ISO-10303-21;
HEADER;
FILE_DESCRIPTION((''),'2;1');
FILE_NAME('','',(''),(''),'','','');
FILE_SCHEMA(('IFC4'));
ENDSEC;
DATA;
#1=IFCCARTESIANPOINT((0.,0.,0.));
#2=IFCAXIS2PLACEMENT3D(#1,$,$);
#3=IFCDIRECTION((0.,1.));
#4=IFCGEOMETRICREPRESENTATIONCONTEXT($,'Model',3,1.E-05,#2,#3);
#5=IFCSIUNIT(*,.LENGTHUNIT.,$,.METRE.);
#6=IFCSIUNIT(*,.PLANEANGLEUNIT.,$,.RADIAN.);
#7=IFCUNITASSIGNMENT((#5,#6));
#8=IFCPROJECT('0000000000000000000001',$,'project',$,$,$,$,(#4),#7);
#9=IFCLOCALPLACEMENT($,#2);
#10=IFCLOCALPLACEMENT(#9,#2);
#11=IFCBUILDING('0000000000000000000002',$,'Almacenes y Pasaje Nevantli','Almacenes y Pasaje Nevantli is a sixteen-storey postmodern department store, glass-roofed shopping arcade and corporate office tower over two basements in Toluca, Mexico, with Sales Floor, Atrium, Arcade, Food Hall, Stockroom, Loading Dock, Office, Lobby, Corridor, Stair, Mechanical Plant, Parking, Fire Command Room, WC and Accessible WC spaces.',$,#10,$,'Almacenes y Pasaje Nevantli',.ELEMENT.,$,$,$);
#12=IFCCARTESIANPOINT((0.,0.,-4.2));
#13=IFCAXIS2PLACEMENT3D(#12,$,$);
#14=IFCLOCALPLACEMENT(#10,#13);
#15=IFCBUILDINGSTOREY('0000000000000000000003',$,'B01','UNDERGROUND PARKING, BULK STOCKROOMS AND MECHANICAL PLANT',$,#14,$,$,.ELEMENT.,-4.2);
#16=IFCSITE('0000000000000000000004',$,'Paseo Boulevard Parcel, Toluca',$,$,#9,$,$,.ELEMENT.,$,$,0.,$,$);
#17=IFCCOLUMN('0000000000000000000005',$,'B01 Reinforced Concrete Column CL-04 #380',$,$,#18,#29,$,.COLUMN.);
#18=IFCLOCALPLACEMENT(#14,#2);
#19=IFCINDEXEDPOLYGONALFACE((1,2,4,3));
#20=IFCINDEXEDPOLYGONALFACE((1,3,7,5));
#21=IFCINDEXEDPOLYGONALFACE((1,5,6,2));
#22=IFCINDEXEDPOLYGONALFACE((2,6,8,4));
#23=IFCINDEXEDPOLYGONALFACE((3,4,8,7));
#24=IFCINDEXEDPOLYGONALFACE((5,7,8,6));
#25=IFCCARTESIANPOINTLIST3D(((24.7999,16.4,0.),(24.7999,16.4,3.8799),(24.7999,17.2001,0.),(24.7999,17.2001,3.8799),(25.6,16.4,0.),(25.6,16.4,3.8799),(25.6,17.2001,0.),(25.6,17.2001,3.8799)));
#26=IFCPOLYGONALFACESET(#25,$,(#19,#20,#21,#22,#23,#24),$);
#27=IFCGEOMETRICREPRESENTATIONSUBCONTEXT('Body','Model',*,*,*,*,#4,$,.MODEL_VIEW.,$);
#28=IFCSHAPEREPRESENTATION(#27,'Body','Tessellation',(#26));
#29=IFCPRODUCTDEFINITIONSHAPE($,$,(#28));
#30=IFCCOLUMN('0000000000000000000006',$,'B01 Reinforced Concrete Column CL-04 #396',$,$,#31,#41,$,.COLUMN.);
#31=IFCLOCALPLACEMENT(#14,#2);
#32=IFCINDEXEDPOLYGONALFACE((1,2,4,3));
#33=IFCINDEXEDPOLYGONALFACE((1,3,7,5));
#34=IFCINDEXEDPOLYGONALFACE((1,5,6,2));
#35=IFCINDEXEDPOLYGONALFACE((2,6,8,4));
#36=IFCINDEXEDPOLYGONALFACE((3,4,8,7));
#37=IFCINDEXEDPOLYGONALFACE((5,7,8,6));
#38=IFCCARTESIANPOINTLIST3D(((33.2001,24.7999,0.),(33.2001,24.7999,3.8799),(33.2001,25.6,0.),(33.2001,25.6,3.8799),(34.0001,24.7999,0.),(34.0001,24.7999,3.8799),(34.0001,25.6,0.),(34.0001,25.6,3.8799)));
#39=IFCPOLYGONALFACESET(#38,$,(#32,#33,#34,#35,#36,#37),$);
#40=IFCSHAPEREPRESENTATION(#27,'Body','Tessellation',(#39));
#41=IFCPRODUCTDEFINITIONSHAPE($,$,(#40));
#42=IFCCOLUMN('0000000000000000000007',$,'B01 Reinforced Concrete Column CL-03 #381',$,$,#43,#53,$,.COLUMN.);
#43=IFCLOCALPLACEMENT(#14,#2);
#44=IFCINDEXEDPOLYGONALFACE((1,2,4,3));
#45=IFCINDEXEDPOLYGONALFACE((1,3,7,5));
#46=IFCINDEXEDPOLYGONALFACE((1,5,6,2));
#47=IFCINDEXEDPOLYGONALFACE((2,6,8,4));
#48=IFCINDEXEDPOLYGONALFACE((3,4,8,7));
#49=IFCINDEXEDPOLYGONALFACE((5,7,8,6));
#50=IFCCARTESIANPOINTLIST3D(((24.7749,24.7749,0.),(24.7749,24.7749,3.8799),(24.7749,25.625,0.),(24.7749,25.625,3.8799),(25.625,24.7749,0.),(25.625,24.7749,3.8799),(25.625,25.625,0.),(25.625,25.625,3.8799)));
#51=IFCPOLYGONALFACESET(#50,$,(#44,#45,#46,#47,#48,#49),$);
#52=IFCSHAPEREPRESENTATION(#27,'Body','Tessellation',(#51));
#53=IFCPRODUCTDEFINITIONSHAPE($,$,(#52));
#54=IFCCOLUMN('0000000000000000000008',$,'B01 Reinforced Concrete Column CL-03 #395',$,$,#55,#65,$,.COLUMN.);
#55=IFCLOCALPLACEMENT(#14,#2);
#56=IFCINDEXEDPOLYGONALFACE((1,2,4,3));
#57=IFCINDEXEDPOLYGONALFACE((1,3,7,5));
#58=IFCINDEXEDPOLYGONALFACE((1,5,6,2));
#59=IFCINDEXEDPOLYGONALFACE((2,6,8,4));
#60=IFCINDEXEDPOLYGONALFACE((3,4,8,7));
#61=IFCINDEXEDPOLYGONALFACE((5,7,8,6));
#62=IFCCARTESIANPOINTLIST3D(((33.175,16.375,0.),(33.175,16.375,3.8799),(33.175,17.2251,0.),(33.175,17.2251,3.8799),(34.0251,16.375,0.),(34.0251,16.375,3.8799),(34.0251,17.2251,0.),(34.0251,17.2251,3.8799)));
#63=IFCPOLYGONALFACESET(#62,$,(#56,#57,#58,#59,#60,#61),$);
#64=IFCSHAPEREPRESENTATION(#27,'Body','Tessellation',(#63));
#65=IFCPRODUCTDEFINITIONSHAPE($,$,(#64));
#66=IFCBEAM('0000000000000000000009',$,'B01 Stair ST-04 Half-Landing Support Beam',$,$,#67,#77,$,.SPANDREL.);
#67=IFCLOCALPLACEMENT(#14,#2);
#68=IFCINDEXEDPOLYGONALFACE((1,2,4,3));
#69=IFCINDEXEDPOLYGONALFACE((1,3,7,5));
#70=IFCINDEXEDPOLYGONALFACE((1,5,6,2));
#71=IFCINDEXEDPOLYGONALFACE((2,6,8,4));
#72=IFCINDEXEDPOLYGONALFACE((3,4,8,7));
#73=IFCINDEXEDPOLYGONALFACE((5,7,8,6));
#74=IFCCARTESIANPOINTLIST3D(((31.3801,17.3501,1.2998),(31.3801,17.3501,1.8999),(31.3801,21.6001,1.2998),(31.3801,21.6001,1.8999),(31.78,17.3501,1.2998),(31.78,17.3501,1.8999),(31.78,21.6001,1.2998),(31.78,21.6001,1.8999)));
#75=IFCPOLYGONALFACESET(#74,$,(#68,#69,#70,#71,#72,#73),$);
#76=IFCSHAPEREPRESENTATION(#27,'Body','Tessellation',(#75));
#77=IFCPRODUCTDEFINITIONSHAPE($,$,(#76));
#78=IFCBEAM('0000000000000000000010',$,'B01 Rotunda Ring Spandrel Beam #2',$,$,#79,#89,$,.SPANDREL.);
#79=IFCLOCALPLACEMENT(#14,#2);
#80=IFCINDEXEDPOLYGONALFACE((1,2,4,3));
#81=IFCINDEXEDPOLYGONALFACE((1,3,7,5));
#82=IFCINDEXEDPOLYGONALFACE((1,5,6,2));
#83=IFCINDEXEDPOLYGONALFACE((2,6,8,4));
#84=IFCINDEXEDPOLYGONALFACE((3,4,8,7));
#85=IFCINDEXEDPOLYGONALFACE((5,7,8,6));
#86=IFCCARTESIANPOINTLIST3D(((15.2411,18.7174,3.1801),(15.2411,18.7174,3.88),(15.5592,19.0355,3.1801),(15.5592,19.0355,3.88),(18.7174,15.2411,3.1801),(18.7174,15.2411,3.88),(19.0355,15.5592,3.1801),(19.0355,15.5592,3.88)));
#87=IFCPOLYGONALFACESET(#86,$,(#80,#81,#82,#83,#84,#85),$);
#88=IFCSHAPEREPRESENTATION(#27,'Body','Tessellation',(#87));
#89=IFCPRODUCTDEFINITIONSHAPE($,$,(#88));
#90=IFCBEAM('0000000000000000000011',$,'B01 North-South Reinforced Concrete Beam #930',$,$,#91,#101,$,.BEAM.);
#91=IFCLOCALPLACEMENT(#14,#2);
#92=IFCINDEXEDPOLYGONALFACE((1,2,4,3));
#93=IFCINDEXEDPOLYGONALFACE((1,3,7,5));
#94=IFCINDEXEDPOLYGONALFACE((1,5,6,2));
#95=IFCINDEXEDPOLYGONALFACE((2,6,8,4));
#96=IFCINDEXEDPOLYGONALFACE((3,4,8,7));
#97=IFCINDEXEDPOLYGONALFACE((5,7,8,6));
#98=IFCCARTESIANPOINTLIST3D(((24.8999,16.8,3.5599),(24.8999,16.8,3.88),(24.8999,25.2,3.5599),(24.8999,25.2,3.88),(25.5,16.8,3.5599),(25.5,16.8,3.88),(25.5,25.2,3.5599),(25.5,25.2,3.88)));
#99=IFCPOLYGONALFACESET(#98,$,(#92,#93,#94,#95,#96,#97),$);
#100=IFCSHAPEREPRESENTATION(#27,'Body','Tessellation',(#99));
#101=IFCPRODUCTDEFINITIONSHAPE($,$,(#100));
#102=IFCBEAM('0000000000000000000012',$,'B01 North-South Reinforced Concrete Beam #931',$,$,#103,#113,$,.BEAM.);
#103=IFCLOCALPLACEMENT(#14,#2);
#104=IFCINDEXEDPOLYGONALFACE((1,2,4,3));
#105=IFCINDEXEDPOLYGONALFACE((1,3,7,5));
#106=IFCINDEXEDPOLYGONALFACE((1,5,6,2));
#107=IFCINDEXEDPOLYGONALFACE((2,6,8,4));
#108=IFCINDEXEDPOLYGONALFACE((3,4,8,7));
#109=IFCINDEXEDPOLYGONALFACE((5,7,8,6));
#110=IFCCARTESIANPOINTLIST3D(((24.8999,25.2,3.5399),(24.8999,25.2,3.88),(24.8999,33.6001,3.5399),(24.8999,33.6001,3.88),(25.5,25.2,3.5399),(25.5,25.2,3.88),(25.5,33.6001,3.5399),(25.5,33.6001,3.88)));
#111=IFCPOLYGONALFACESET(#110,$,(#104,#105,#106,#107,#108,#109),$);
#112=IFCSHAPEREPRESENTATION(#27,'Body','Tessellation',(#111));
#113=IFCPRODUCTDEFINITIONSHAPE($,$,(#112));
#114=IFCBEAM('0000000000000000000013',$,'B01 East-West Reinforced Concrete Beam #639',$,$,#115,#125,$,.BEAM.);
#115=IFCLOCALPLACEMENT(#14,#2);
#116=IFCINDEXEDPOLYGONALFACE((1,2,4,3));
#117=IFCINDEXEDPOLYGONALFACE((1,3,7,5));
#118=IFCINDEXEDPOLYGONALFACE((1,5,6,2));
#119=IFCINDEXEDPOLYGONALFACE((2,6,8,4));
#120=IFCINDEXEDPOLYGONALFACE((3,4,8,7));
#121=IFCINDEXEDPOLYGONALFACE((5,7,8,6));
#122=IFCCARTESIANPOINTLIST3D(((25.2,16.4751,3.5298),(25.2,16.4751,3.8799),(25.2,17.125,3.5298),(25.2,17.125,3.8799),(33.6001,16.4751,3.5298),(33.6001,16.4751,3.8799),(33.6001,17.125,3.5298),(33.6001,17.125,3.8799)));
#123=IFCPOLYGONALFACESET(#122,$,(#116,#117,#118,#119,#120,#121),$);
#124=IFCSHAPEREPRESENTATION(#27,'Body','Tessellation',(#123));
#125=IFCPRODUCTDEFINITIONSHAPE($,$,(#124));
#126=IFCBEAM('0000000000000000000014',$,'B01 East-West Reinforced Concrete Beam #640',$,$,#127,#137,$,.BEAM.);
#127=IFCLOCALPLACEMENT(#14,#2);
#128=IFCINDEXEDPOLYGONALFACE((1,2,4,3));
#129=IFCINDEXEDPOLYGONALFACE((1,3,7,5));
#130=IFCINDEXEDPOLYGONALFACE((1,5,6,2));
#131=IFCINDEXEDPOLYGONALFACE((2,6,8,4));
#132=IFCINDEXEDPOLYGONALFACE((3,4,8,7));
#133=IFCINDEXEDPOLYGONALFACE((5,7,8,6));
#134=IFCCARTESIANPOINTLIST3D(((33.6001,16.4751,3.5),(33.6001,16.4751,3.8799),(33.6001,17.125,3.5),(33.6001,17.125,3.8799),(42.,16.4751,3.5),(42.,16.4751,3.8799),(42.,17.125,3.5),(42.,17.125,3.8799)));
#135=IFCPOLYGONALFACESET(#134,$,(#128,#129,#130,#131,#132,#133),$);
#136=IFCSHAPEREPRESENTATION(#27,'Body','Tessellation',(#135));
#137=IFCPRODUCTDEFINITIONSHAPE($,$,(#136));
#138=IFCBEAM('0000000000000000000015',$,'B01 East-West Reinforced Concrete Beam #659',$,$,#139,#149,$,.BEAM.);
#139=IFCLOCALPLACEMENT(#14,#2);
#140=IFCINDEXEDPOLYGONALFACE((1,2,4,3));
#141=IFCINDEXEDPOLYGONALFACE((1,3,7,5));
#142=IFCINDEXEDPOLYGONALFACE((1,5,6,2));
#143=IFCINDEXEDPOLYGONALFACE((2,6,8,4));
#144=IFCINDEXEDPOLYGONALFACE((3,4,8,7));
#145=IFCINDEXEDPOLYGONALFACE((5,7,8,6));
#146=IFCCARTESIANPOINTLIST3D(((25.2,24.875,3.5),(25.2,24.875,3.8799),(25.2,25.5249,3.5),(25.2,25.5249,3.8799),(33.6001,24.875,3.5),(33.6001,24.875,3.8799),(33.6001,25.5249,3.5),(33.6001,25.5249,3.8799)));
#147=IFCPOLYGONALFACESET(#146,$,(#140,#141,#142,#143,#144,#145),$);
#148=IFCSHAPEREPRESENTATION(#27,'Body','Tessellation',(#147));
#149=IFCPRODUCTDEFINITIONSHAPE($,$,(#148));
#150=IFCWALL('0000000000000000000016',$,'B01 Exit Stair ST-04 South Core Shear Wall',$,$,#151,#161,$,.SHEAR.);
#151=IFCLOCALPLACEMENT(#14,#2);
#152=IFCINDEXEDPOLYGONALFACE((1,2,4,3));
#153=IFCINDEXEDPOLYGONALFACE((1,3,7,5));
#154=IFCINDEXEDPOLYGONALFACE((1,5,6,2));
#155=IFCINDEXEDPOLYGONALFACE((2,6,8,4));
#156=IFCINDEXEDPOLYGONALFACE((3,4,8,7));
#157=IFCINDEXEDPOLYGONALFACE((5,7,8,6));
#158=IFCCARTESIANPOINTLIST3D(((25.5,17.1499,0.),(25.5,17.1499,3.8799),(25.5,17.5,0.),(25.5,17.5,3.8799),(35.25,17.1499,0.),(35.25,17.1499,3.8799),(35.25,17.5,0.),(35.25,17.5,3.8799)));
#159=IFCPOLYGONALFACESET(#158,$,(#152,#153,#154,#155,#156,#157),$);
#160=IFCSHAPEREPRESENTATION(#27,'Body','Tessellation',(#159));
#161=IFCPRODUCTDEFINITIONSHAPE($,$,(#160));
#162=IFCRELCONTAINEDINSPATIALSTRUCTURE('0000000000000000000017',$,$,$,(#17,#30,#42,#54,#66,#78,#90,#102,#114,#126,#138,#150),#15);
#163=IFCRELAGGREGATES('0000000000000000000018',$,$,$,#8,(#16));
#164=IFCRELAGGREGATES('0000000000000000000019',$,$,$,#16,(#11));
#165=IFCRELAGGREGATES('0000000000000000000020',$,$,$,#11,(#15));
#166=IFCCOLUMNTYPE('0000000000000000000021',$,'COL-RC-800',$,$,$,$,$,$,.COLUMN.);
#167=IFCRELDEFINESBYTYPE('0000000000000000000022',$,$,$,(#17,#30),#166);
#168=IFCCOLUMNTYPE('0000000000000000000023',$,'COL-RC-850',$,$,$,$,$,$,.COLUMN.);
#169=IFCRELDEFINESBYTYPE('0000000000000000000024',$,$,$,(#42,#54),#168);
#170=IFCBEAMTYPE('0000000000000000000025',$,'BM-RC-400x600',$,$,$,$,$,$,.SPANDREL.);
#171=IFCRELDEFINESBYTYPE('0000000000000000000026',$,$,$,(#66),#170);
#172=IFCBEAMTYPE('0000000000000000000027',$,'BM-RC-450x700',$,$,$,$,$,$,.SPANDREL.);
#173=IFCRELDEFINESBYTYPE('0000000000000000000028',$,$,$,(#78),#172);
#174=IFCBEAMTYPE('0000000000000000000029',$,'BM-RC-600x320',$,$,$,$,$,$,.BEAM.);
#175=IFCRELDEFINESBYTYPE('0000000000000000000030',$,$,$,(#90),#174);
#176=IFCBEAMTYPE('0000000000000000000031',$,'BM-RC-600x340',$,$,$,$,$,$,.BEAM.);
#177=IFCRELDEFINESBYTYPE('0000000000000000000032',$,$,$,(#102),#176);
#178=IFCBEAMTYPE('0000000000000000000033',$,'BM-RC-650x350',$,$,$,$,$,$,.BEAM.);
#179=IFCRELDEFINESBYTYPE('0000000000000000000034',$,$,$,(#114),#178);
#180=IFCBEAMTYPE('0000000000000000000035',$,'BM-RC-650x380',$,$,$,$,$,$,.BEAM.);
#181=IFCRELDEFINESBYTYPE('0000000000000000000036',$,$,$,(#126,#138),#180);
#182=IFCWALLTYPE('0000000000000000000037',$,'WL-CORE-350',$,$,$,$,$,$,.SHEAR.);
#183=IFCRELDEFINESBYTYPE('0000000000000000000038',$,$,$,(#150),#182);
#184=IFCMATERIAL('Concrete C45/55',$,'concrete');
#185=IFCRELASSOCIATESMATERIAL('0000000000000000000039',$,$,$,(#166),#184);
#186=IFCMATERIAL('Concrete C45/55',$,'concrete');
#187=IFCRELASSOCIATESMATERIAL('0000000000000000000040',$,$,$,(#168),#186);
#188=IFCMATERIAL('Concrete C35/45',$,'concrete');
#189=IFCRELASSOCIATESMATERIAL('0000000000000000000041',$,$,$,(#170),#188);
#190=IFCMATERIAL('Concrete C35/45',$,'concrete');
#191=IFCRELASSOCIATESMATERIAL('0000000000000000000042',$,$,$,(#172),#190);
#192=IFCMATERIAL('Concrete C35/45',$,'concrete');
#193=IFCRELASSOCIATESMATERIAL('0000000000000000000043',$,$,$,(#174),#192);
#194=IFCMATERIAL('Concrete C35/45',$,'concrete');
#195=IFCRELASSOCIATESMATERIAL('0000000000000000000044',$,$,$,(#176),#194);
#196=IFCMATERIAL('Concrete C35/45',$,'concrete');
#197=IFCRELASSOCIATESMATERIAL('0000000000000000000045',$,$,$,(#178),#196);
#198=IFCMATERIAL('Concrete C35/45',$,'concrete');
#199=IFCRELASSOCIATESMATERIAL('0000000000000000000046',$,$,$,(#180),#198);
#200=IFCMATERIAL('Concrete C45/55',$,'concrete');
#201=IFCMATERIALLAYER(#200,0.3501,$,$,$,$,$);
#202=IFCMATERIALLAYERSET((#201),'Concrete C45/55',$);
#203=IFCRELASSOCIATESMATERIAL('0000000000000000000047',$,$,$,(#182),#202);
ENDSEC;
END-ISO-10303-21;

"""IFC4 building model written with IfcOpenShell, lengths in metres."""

from ifc_helpers import new_model, si_unit, direction, frame, frame_2d, origin, origin_2d, place, context, subcontext, project, spatial, rectangle, extrude, material, layer, layer_set, material_profile, profile_set, type_object, element, save


model = new_model("IFC4")

# Units and contexts
model_context = context("Model", 3, precision=1e-05, world=origin(), true_north=direction((0.0, 1.0)))
body_context = subcontext(model_context, "Body", "Model", "MODEL_VIEW")
ifc_project = project(units=[si_unit("LENGTHUNIT", "METRE"), si_unit("PLANEANGLEUNIT", "RADIAN")], contexts=[model_context])

# Site, building, storey
site_placement = place(None, origin())
site = spatial("IfcSite", under=ifc_project, at=site_placement, Name="Paseo Boulevard Parcel, Toluca", CompositionType="ELEMENT", RefElevation=0.0)
building_placement = place(site_placement, origin())
building = spatial("IfcBuilding", under=site, at=building_placement, Name="Almacenes y Pasaje Nevantli", Description="Almacenes y Pasaje Nevantli is a sixteen-storey postmodern department store, glass-roofed shopping arcade and corporate office tower over two basements in Toluca, Mexico, with Sales Floor, Atrium, Arcade, Food Hall, Stockroom, Loading Dock, Office, Lobby, Corridor, Stair, Mechanical Plant, Parking, Fire Command Room, WC and Accessible WC spaces.", LongName="Almacenes y Pasaje Nevantli", CompositionType="ELEMENT")
storey_placement = place(building_placement, frame((0.0, 0.0, -4.2)))
storey = spatial("IfcBuildingStorey", under=building, at=storey_placement, Name="B01", Description="UNDERGROUND PARKING, BULK STOCKROOMS AND MECHANICAL PLANT", CompositionType="ELEMENT", Elevation=-4.2)

# Columns
ifc_material_1 = material(Name="Concrete C45/55", Category="concrete")
ifc_material_profile_1 = material_profile(ifc_material_1, rectangle(XDim=0.8, YDim=0.8, at=origin_2d()), Name="RC-COL-800x800")
ifc_profile_set_1 = profile_set([ifc_material_profile_1], Name="Concrete C45/55")
column_type_1 = type_object("IfcColumnType", Name="COL-RC-800", PredefinedType="COLUMN", material=ifc_profile_set_1)
for number, where, z_axis, x_axis, name in (
    (1, (25.2, 16.8, 0.0), (0.0, 0.0, 1.0), (1.0, 0.0, 0.0), "B01 Reinforced Concrete Column CL-04 #380"),
    (2, (33.6001, 25.2, 0.0), (0.0, 0.0, 1.0), (1.0, 0.0, 0.0), "B01 Reinforced Concrete Column CL-04 #396"),
):
    element("IfcColumn", number, at=place(storey_placement, frame(where, z_axis=z_axis, x_axis=x_axis)), inside=storey, type_object=column_type_1, Name=name, PredefinedType="COLUMN", context=body_context, shape_type="SweptSolid", body=[
        extrude(rectangle(XDim=0.8, YDim=0.8, at=origin_2d()), origin(), (0.0, 0.0, 1.0), 3.8799),
    ])
ifc_material_2 = material(Name="Concrete C45/55", Category="concrete")
ifc_material_profile_2 = material_profile(ifc_material_2, rectangle(XDim=0.8501, YDim=0.8501, at=origin_2d()), Name="RC-COL-850x850")
ifc_profile_set_2 = profile_set([ifc_material_profile_2], Name="Concrete C45/55")
column_type_2 = type_object("IfcColumnType", Name="COL-RC-850", PredefinedType="COLUMN", material=ifc_profile_set_2)
for number, where, z_axis, x_axis, name in (
    (3, (25.2, 25.2, 0.0), (0.0, 0.0, 1.0), (1.0, 0.0, 0.0), "B01 Reinforced Concrete Column CL-03 #381"),
    (4, (33.6001, 16.8, 0.0), (0.0, 0.0, 1.0), (1.0, 0.0, 0.0), "B01 Reinforced Concrete Column CL-03 #395"),
):
    element("IfcColumn", number, at=place(storey_placement, frame(where, z_axis=z_axis, x_axis=x_axis)), inside=storey, type_object=column_type_2, Name=name, PredefinedType="COLUMN", context=body_context, shape_type="SweptSolid", body=[
        extrude(rectangle(XDim=0.8501, YDim=0.8501, at=origin_2d()), origin(), (0.0, 0.0, 1.0), 3.8799),
    ])

# Beams
ifc_material_3 = material(Name="Concrete C35/45", Category="concrete")
ifc_material_profile_3 = material_profile(ifc_material_3, rectangle(XDim=0.3999, YDim=0.6001, at=origin_2d()), Name="RC-BM-400x600")
ifc_profile_set_3 = profile_set([ifc_material_profile_3], Name="Concrete C35/45")
beam_type_1 = type_object("IfcBeamType", Name="BM-RC-400x600", PredefinedType="SPANDREL", material=ifc_profile_set_3)
beam_1_placement = place(storey_placement, frame((31.5801, 17.3501, 1.5999), z_axis=(0.0, 1.0, 0.0), x_axis=(-1.0, 0.0, 0.0)))
element("IfcBeam", 5, at=beam_1_placement, inside=storey, type_object=beam_type_1, Name="B01 Stair ST-04 Half-Landing Support Beam", PredefinedType="SPANDREL", context=body_context, shape_type="SweptSolid", body=[
    extrude(rectangle(XDim=0.3999, YDim=0.6001, at=origin_2d()), origin(), (0.0, 0.0, 1.0), 4.25),
])
ifc_material_4 = material(Name="Concrete C35/45", Category="concrete")
ifc_material_profile_4 = material_profile(ifc_material_4, rectangle(XDim=0.45, YDim=0.7, at=origin_2d()), Name="RC-BM-450x700")
ifc_profile_set_4 = profile_set([ifc_material_profile_4], Name="Concrete C35/45")
beam_type_2 = type_object("IfcBeamType", Name="BM-RC-450x700", PredefinedType="SPANDREL", material=ifc_profile_set_4)
beam_2_placement = place(storey_placement, frame((18.8765, 15.4001, 3.53), z_axis=(-0.707107, 0.707107, 0.0), x_axis=(-0.707107, -0.707107, 0.0)))
element("IfcBeam", 6, at=beam_2_placement, inside=storey, type_object=beam_type_2, Name="B01 Rotunda Ring Spandrel Beam #2", PredefinedType="SPANDREL", context=body_context, shape_type="SweptSolid", body=[
    extrude(rectangle(XDim=0.45, YDim=0.7, at=origin_2d()), origin(), (0.0, 0.0, 1.0), 4.9163),
])
ifc_material_5 = material(Name="Concrete C35/45", Category="concrete")
ifc_material_profile_5 = material_profile(ifc_material_5, rectangle(XDim=0.6001, YDim=0.3201, at=origin_2d()), Name="RC-BM-600x320")
ifc_profile_set_5 = profile_set([ifc_material_profile_5], Name="Concrete C35/45")
beam_type_3 = type_object("IfcBeamType", Name="BM-RC-600x320", PredefinedType="BEAM", material=ifc_profile_set_5)
beam_3_placement = place(storey_placement, frame((25.2, 16.8, 3.72), z_axis=(0.0, 1.0, 0.0), x_axis=(-1.0, 0.0, 0.0)))
element("IfcBeam", 7, at=beam_3_placement, inside=storey, type_object=beam_type_3, Name="B01 North-South Reinforced Concrete Beam #930", PredefinedType="BEAM", context=body_context, shape_type="SweptSolid", body=[
    extrude(rectangle(XDim=0.6001, YDim=0.3201, at=origin_2d()), origin(), (0.0, 0.0, 1.0), 8.3999),
])
ifc_material_6 = material(Name="Concrete C35/45", Category="concrete")
ifc_material_profile_6 = material_profile(ifc_material_6, rectangle(XDim=0.6001, YDim=0.3401, at=origin_2d()), Name="RC-BM-600x340")
ifc_profile_set_6 = profile_set([ifc_material_profile_6], Name="Concrete C35/45")
beam_type_4 = type_object("IfcBeamType", Name="BM-RC-600x340", PredefinedType="BEAM", material=ifc_profile_set_6)
beam_4_placement = place(storey_placement, frame((25.2, 25.2, 3.71), z_axis=(0.0, 1.0, 0.0), x_axis=(-1.0, 0.0, 0.0)))
element("IfcBeam", 8, at=beam_4_placement, inside=storey, type_object=beam_type_4, Name="B01 North-South Reinforced Concrete Beam #931", PredefinedType="BEAM", context=body_context, shape_type="SweptSolid", body=[
    extrude(rectangle(XDim=0.6001, YDim=0.3401, at=origin_2d()), origin(), (0.0, 0.0, 1.0), 8.4001),
])
ifc_material_7 = material(Name="Concrete C35/45", Category="concrete")
ifc_material_profile_7 = material_profile(ifc_material_7, rectangle(XDim=0.6499, YDim=0.3501, at=origin_2d()), Name="RC-BM-650x350")
ifc_profile_set_7 = profile_set([ifc_material_profile_7], Name="Concrete C35/45")
beam_type_5 = type_object("IfcBeamType", Name="BM-RC-650x350", PredefinedType="BEAM", material=ifc_profile_set_7)
beam_5_placement = place(storey_placement, frame((25.2, 16.8, 3.7048), z_axis=(1.0, 0.0, 0.0), x_axis=(0.0, 1.0, 0.0)))
element("IfcBeam", 9, at=beam_5_placement, inside=storey, type_object=beam_type_5, Name="B01 East-West Reinforced Concrete Beam #639", PredefinedType="BEAM", context=body_context, shape_type="SweptSolid", body=[
    extrude(rectangle(XDim=0.6499, YDim=0.3501, at=origin_2d()), origin(), (0.0, 0.0, 1.0), 8.4001),
])
ifc_material_8 = material(Name="Concrete C35/45", Category="concrete")
ifc_material_profile_8 = material_profile(ifc_material_8, rectangle(XDim=0.6499, YDim=0.3799, at=origin_2d()), Name="RC-BM-650x380")
ifc_profile_set_8 = profile_set([ifc_material_profile_8], Name="Concrete C35/45")
beam_type_6 = type_object("IfcBeamType", Name="BM-RC-650x380", PredefinedType="BEAM", material=ifc_profile_set_8)
beam_6_placement = place(storey_placement, frame((33.6001, 16.8, 3.6899), z_axis=(1.0, 0.0, 0.0), x_axis=(0.0, 1.0, 0.0)))
element("IfcBeam", 10, at=beam_6_placement, inside=storey, type_object=beam_type_6, Name="B01 East-West Reinforced Concrete Beam #640", PredefinedType="BEAM", context=body_context, shape_type="SweptSolid", body=[
    extrude(rectangle(XDim=0.6499, YDim=0.3799, at=origin_2d()), origin(), (0.0, 0.0, 1.0), 8.3999),
])
beam_7_placement = place(storey_placement, frame((25.2, 25.2, 3.6899), z_axis=(1.0, 0.0, 0.0), x_axis=(0.0, 1.0, 0.0)))
element("IfcBeam", 11, at=beam_7_placement, inside=storey, type_object=beam_type_6, Name="B01 East-West Reinforced Concrete Beam #659", PredefinedType="BEAM", context=body_context, shape_type="SweptSolid", body=[
    extrude(rectangle(XDim=0.6499, YDim=0.3799, at=origin_2d()), origin(), (0.0, 0.0, 1.0), 8.4001),
])

# Wall
ifc_material_9 = material(Name="Concrete C45/55", Category="concrete")
ifc_layer_1 = layer(ifc_material_9, 0.3501)
ifc_layer_set_1 = layer_set([ifc_layer_1], Name="Concrete C45/55")
wall_type_1 = type_object("IfcWallType", Name="WL-CORE-350", PredefinedType="SHEAR", material=ifc_layer_set_1)
wall_1_placement = place(storey_placement, frame((25.5, 17.325, 0.0), z_axis=(0.0, 0.0, 1.0), x_axis=(1.0, 0.0, 0.0)))
element("IfcWall", 12, at=wall_1_placement, inside=storey, type_object=wall_type_1, Name="B01 Exit Stair ST-04 South Core Shear Wall", PredefinedType="SHEAR", context=body_context, shape_type="SweptSolid", body=[
    extrude(rectangle(XDim=9.75, YDim=0.3501, at=frame_2d((4.875, 0.0))), origin(), (0.0, 0.0, 1.0), 3.8799),
])

save(model, "model.ifc")
